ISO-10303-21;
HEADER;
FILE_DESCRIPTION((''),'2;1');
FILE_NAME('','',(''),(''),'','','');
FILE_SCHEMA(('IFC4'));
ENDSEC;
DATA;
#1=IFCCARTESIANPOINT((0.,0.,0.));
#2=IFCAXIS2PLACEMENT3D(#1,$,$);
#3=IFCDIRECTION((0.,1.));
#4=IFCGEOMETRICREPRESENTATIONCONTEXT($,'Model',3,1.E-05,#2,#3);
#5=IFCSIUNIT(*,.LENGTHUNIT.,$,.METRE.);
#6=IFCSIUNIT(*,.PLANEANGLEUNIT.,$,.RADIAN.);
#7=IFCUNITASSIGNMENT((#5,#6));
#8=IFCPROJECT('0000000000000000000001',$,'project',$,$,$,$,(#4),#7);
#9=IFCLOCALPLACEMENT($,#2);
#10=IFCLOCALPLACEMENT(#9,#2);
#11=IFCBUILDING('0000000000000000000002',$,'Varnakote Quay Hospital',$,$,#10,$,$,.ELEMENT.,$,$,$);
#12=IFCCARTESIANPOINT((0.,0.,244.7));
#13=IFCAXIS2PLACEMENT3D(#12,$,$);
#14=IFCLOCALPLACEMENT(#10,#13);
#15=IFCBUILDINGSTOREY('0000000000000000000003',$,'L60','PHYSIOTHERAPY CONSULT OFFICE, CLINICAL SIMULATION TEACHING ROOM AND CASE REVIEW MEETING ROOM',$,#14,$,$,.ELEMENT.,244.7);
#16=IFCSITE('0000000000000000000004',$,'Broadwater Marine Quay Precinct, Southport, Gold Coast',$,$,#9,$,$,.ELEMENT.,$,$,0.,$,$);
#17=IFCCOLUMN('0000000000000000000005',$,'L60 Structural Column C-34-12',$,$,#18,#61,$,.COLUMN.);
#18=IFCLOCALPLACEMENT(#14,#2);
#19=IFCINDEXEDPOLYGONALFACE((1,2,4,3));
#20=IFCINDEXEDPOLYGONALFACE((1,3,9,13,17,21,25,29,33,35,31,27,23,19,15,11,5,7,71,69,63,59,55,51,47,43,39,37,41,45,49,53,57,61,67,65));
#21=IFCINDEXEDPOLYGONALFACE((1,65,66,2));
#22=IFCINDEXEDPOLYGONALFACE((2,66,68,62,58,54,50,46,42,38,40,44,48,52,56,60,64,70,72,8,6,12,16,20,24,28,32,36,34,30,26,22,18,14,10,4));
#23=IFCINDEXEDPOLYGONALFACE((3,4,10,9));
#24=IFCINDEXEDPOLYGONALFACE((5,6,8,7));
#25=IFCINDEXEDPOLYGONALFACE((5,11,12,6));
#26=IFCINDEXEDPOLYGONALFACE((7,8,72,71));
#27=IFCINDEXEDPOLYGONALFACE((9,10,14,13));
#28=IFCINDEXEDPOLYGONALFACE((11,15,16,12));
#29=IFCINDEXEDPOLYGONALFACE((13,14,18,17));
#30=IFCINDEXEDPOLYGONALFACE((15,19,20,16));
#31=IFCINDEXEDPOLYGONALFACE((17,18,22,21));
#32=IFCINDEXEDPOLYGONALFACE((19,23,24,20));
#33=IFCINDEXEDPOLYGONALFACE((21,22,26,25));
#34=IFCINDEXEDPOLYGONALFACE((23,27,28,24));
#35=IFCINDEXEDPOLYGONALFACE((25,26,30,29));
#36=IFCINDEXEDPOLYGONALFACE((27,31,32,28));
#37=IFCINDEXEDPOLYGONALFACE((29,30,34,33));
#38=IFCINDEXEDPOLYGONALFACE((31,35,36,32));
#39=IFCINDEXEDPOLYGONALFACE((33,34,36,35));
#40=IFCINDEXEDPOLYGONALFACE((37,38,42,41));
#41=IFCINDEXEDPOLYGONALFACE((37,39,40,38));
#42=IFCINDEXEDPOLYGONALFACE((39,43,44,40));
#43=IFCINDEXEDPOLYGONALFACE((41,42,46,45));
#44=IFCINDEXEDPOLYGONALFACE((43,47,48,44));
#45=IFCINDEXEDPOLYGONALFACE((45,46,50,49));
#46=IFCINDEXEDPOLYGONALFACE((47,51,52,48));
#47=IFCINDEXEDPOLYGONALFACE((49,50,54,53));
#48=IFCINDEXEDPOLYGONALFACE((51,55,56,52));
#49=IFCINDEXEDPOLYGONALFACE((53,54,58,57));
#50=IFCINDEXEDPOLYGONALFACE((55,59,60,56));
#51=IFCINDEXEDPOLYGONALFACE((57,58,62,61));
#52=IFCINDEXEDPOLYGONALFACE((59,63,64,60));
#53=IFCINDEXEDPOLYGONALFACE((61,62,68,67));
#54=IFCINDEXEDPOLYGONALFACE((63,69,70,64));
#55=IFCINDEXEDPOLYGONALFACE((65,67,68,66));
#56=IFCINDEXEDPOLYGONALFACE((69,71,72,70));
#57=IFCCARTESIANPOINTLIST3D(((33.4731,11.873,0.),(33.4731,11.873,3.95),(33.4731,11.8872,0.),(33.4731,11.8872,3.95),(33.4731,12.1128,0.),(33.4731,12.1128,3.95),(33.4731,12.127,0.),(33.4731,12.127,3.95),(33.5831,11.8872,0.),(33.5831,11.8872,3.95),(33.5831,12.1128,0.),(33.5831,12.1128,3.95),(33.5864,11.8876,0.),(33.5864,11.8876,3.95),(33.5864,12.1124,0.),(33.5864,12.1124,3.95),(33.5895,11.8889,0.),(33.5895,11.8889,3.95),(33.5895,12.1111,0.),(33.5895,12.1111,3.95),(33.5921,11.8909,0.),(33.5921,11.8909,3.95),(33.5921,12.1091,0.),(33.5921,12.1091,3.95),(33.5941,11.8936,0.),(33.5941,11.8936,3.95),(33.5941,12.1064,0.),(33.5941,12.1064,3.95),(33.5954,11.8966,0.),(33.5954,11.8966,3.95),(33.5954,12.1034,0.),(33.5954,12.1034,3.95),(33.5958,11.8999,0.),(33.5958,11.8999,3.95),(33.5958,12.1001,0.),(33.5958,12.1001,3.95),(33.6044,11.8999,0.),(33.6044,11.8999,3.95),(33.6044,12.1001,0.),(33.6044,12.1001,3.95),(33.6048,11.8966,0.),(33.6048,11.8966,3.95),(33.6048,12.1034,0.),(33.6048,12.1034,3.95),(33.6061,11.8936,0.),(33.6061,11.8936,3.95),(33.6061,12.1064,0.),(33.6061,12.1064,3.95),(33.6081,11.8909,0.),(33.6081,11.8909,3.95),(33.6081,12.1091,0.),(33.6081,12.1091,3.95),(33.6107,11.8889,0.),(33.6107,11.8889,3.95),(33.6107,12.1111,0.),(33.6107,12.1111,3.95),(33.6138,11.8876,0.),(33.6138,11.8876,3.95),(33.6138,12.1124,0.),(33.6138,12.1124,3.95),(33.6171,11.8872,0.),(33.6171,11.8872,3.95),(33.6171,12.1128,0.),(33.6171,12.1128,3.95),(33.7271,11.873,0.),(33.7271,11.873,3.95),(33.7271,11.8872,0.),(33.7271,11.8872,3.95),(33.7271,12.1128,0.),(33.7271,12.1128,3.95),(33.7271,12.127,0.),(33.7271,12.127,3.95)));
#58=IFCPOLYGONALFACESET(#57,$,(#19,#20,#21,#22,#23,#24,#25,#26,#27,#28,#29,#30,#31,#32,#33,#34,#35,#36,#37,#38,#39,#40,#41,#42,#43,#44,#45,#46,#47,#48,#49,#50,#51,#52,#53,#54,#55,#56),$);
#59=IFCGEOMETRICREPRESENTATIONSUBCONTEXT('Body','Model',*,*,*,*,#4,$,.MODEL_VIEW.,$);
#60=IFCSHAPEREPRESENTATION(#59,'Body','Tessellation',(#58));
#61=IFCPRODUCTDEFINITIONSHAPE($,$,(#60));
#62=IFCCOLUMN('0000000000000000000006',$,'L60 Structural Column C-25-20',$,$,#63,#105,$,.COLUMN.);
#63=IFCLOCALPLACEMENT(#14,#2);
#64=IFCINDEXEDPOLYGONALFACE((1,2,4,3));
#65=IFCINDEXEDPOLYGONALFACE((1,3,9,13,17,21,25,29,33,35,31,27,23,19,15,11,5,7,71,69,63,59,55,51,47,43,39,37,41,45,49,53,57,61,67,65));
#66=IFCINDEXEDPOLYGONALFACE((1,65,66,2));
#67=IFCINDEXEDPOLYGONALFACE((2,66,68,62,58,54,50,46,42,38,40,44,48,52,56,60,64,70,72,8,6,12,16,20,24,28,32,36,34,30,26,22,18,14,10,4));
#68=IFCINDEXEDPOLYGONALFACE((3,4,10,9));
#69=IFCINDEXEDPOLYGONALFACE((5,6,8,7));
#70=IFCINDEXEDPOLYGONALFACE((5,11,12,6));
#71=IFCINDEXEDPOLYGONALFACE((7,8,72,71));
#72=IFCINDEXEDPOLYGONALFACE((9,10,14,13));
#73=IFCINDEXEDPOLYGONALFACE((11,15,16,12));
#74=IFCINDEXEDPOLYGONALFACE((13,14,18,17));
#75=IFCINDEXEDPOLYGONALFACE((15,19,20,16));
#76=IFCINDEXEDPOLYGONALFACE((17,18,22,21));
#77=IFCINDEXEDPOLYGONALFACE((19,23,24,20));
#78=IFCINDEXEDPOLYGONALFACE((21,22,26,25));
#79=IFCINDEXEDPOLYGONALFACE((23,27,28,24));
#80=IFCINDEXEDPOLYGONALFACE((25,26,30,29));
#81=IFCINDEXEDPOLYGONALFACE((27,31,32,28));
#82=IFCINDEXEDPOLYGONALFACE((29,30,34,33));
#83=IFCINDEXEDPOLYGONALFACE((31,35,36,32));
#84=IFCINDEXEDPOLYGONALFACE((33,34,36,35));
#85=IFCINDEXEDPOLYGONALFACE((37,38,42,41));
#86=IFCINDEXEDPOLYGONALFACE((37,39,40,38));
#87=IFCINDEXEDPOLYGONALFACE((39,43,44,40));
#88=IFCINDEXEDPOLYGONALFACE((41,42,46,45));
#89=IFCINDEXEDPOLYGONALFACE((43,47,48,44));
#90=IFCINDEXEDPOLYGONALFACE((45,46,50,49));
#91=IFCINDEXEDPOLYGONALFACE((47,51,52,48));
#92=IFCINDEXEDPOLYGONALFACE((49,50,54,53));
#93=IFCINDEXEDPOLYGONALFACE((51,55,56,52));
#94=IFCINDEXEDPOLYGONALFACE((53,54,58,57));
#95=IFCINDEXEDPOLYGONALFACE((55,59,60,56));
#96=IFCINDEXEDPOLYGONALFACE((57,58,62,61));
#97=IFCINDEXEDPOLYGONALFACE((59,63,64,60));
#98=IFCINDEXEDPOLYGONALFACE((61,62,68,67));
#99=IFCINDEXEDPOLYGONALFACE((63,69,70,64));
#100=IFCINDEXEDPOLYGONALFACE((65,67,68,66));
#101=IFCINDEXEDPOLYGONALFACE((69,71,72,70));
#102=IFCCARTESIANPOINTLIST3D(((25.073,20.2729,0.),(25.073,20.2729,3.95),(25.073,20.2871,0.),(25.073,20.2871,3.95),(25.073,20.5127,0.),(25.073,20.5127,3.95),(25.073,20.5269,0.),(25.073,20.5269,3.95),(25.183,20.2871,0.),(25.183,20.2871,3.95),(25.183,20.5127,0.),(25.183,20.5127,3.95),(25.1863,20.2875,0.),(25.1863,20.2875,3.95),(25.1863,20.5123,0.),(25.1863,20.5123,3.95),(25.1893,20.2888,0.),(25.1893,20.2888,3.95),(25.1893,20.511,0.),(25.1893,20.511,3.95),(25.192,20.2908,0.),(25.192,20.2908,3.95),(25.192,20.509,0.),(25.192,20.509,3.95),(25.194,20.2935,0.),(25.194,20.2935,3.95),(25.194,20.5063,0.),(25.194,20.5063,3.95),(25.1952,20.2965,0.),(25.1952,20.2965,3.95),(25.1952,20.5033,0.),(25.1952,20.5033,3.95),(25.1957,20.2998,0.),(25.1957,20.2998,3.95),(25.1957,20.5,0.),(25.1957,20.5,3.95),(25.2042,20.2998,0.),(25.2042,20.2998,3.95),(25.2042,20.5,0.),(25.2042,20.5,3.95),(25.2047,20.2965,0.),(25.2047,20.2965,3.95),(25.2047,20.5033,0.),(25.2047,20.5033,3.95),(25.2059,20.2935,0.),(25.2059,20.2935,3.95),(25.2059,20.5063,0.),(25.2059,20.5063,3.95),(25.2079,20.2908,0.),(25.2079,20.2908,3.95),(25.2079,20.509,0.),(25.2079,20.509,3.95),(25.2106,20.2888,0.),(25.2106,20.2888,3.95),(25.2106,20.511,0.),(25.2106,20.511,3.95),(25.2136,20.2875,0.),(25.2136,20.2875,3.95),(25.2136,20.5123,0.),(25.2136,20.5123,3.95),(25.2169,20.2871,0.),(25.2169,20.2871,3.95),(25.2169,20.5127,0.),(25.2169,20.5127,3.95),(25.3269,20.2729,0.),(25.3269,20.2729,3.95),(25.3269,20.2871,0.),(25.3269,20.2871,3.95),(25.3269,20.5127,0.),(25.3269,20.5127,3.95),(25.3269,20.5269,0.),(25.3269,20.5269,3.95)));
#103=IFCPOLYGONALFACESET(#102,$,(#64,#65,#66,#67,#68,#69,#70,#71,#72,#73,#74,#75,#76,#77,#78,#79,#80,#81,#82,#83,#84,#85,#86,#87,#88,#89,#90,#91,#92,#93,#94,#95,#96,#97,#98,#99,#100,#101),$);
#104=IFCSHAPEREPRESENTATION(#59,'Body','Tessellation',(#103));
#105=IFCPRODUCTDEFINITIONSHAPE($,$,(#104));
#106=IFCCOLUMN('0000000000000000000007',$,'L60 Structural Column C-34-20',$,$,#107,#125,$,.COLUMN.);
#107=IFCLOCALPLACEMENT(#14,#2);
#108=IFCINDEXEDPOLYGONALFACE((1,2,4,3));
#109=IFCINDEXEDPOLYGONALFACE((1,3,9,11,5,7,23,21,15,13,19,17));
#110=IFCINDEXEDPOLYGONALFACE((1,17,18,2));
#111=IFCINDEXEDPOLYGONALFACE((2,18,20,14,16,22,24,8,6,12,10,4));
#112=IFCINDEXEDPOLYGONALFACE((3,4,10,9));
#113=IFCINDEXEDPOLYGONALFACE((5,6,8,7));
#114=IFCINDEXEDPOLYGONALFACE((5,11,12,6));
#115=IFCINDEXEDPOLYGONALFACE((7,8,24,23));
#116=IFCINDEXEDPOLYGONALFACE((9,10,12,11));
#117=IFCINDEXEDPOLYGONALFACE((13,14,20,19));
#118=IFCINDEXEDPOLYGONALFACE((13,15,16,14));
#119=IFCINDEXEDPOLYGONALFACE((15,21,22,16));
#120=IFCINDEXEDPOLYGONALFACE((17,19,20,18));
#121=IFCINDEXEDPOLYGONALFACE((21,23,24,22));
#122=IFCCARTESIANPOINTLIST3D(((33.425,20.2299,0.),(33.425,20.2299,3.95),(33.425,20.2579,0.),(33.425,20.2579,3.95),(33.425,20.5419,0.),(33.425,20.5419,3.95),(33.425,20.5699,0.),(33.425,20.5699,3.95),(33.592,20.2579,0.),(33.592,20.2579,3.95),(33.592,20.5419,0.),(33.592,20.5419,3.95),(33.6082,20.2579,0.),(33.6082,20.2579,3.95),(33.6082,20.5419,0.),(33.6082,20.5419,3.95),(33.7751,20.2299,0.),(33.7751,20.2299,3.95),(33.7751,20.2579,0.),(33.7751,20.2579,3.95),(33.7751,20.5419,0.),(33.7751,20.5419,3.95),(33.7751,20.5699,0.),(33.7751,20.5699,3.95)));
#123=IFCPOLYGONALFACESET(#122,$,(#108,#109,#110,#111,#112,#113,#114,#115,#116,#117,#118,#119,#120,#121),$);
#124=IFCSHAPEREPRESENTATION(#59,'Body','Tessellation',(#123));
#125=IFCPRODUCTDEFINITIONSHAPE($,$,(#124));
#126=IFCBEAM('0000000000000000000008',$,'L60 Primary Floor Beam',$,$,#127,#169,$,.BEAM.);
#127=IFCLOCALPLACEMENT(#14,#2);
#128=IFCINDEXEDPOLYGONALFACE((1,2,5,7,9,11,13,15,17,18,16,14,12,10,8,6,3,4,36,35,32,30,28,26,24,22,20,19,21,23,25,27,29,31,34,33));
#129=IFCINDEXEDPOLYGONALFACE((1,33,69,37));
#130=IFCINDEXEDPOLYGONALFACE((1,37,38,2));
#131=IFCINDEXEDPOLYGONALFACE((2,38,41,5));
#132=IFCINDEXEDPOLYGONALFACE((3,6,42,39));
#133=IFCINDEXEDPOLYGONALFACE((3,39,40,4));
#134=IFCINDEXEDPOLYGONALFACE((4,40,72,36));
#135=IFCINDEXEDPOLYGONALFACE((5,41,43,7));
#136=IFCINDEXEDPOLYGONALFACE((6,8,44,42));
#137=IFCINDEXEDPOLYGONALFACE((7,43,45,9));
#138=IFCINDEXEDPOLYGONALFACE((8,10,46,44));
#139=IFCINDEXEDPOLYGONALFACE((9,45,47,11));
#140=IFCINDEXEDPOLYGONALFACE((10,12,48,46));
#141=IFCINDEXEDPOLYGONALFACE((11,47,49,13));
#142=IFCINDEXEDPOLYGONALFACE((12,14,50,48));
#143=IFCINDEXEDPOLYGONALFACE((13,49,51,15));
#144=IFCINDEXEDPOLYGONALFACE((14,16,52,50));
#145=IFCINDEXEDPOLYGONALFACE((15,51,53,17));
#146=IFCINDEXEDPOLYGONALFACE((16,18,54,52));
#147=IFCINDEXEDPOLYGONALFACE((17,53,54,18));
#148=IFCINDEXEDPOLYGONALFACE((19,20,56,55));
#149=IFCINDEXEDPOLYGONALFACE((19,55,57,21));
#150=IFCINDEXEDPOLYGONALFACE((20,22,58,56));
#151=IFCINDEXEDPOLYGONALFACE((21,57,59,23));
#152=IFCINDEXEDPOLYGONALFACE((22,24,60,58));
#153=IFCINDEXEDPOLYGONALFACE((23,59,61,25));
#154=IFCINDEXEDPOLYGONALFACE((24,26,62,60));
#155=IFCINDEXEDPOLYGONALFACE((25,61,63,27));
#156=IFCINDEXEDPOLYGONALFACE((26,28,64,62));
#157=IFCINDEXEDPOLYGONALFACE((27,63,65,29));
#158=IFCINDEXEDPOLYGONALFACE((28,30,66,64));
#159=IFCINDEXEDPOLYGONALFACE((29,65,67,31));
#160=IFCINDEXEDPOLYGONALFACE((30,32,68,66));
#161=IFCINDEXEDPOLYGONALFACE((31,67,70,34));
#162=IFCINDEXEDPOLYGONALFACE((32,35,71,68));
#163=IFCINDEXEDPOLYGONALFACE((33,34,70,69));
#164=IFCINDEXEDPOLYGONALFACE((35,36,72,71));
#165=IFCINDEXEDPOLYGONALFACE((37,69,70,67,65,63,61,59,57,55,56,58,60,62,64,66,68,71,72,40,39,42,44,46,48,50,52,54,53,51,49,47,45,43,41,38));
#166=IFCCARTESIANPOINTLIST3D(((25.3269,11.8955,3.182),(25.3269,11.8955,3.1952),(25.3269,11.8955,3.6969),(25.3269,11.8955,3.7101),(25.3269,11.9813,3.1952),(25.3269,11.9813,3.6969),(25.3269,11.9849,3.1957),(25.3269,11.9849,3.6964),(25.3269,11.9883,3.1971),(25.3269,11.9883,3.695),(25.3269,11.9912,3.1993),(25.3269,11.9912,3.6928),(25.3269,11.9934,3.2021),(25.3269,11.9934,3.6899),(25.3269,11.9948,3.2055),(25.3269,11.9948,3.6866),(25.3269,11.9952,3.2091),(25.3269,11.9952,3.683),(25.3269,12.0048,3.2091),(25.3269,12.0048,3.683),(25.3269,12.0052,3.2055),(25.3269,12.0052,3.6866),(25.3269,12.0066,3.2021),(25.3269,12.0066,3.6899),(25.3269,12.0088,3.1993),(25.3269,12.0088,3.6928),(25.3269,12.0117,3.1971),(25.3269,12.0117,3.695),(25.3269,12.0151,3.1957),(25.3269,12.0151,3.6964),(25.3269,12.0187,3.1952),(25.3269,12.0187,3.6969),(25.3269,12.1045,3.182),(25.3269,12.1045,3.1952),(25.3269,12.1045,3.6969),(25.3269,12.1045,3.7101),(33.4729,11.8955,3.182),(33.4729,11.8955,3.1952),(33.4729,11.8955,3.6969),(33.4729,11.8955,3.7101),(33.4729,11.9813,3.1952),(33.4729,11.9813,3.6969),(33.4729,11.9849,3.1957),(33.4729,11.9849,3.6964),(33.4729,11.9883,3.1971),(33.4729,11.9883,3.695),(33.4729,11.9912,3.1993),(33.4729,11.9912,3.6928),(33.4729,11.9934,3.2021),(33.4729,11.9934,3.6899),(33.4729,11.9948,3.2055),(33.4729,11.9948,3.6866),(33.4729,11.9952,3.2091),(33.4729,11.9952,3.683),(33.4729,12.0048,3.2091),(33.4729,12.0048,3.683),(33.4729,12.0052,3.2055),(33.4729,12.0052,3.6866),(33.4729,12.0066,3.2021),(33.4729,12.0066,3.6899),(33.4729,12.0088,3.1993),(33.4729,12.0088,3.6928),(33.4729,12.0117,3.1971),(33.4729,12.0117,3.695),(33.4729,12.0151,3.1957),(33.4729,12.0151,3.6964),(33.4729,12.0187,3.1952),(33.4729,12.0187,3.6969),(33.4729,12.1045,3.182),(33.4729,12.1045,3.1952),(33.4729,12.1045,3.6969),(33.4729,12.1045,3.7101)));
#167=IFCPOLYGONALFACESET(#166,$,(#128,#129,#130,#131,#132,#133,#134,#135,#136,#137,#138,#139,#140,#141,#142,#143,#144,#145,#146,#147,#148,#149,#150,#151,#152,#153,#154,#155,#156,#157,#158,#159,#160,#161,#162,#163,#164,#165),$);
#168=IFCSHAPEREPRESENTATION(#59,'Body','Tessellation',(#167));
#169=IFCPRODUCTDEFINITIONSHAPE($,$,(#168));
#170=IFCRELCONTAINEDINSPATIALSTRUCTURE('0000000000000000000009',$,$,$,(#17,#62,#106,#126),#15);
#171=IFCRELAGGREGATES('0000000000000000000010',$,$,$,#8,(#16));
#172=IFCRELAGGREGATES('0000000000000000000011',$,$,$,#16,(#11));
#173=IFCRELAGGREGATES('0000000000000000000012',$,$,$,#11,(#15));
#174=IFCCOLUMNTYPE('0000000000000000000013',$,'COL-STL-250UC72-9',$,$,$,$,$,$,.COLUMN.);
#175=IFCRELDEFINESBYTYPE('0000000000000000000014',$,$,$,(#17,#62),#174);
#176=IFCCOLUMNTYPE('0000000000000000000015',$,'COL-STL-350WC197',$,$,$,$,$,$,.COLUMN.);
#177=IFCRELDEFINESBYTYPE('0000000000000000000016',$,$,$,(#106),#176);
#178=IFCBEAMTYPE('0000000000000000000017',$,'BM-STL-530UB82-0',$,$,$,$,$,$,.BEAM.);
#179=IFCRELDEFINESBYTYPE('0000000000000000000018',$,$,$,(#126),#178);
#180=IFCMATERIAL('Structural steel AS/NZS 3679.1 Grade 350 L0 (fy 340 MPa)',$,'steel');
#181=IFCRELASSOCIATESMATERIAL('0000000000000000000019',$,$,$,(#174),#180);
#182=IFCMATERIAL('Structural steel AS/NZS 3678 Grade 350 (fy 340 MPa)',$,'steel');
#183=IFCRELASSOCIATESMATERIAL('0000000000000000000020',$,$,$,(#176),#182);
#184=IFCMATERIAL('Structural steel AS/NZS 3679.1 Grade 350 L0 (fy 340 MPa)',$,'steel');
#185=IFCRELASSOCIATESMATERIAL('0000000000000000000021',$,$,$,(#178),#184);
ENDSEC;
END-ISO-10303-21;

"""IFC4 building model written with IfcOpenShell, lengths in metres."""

from ifc_helpers import new_model, si_unit, direction, frame, origin, origin_2d, place, context, subcontext, project, spatial, i_section, extrude, material, material_profile, profile_set, type_object, element, save


model = new_model("IFC4")

# Units and contexts
model_context = context("Model", 3, precision=1e-05, world=origin(), true_north=direction((0.0, 1.0)))
body_context = subcontext(model_context, "Body", "Model", "MODEL_VIEW")
ifc_project = project(units=[si_unit("LENGTHUNIT", "METRE"), si_unit("PLANEANGLEUNIT", "RADIAN")], contexts=[model_context])

# Site, building, storey
site_placement = place(None, origin())
site = spatial("IfcSite", under=ifc_project, at=site_placement, Name="Broadwater Marine Quay Precinct, Southport, Gold Coast", CompositionType="ELEMENT", RefElevation=0.0)
building_placement = place(site_placement, origin())
building = spatial("IfcBuilding", under=site, at=building_placement, Name="Varnakote Quay Hospital", CompositionType="ELEMENT")
storey_placement = place(building_placement, frame((0.0, 0.0, 244.7)))
storey = spatial("IfcBuildingStorey", under=building, at=storey_placement, Name="L60", Description="PHYSIOTHERAPY CONSULT OFFICE, CLINICAL SIMULATION TEACHING ROOM AND CASE REVIEW MEETING ROOM", CompositionType="ELEMENT", Elevation=244.7)

# Columns
ifc_material_1 = material(Name="Structural steel AS/NZS 3679.1 Grade 350 L0 (fy 340 MPa)", Category="steel")
ifc_material_profile_1 = material_profile(ifc_material_1, i_section(OverallWidth=0.2539, OverallDepth=0.2539, WebThickness=0.0085, FlangeThickness=0.0142, FilletRadius=0.0127, at=origin_2d()), Name="250UC72.9")
ifc_profile_set_1 = profile_set([ifc_material_profile_1], Name="Structural steel AS/NZS 3679.1 Grade 350 L0 (fy 340 MPa)")
column_type_1 = type_object("IfcColumnType", Name="COL-STL-250UC72-9", PredefinedType="COLUMN", material=ifc_profile_set_1)
for number, where, z_axis, x_axis, name in (
    (1, (33.6001, 12.0, 0.0), (0.0, 0.0, 1.0), (1.0, 0.0, 0.0), "L60 Structural Column C-34-12"),
    (2, (25.2, 20.3999, 0.0), (0.0, 0.0, 1.0), (1.0, 0.0, 0.0), "L60 Structural Column C-25-20"),
):
    element("IfcColumn", number, at=place(storey_placement, frame(where, z_axis=z_axis, x_axis=x_axis)), inside=storey, type_object=column_type_1, Name=name, PredefinedType="COLUMN", context=body_context, shape_type="SweptSolid", body=[
        extrude(i_section(OverallWidth=0.2539, OverallDepth=0.2539, WebThickness=0.0085, FlangeThickness=0.0142, FilletRadius=0.0127, at=origin_2d()), origin(), (0.0, 0.0, 1.0), 3.95),
    ])
ifc_material_2 = material(Name="Structural steel AS/NZS 3678 Grade 350 (fy 340 MPa)", Category="steel")
ifc_material_profile_2 = material_profile(ifc_material_2, i_section(OverallWidth=0.3501, OverallDepth=0.3401, WebThickness=0.0161, FlangeThickness=0.0281, at=origin_2d()), Name="350WC197")
ifc_profile_set_2 = profile_set([ifc_material_profile_2], Name="Structural steel AS/NZS 3678 Grade 350 (fy 340 MPa)")
column_type_2 = type_object("IfcColumnType", Name="COL-STL-350WC197", PredefinedType="COLUMN", material=ifc_profile_set_2)
column_placement = place(storey_placement, frame((33.6001, 20.3999, 0.0), z_axis=(0.0, 0.0, 1.0), x_axis=(1.0, 0.0, 0.0)))
element("IfcColumn", 3, at=column_placement, inside=storey, type_object=column_type_2, Name="L60 Structural Column C-34-20", PredefinedType="COLUMN", context=body_context, shape_type="SweptSolid", body=[
    extrude(i_section(OverallWidth=0.3501, OverallDepth=0.3401, WebThickness=0.0161, FlangeThickness=0.0281, at=origin_2d()), origin(), (0.0, 0.0, 1.0), 3.95),
])

# Beam
ifc_material_3 = material(Name="Structural steel AS/NZS 3679.1 Grade 350 L0 (fy 340 MPa)", Category="steel")
ifc_material_profile_3 = material_profile(ifc_material_3, i_section(OverallWidth=0.209, OverallDepth=0.5281, WebThickness=0.0095, FlangeThickness=0.0132, FilletRadius=0.0139, at=origin_2d()), Name="530UB82.0")
ifc_profile_set_3 = profile_set([ifc_material_profile_3], Name="Structural steel AS/NZS 3679.1 Grade 350 L0 (fy 340 MPa)")
beam_type_1 = type_object("IfcBeamType", Name="BM-STL-530UB82-0", PredefinedType="BEAM", material=ifc_profile_set_3)
beam_1_placement = place(storey_placement, frame((25.3269, 12.0, 3.446), z_axis=(1.0, 0.0, 0.0), x_axis=(0.0, 1.0, 0.0)))
element("IfcBeam", 4, at=beam_1_placement, inside=storey, type_object=beam_type_1, Name="L60 Primary Floor Beam", PredefinedType="BEAM", context=body_context, shape_type="SweptSolid", body=[
    extrude(i_section(OverallWidth=0.209, OverallDepth=0.5281, WebThickness=0.0095, FlangeThickness=0.0132, FilletRadius=0.0139, at=origin_2d()), origin(), (0.0, 0.0, 1.0), 8.146),
])

save(model, "model.ifc")
